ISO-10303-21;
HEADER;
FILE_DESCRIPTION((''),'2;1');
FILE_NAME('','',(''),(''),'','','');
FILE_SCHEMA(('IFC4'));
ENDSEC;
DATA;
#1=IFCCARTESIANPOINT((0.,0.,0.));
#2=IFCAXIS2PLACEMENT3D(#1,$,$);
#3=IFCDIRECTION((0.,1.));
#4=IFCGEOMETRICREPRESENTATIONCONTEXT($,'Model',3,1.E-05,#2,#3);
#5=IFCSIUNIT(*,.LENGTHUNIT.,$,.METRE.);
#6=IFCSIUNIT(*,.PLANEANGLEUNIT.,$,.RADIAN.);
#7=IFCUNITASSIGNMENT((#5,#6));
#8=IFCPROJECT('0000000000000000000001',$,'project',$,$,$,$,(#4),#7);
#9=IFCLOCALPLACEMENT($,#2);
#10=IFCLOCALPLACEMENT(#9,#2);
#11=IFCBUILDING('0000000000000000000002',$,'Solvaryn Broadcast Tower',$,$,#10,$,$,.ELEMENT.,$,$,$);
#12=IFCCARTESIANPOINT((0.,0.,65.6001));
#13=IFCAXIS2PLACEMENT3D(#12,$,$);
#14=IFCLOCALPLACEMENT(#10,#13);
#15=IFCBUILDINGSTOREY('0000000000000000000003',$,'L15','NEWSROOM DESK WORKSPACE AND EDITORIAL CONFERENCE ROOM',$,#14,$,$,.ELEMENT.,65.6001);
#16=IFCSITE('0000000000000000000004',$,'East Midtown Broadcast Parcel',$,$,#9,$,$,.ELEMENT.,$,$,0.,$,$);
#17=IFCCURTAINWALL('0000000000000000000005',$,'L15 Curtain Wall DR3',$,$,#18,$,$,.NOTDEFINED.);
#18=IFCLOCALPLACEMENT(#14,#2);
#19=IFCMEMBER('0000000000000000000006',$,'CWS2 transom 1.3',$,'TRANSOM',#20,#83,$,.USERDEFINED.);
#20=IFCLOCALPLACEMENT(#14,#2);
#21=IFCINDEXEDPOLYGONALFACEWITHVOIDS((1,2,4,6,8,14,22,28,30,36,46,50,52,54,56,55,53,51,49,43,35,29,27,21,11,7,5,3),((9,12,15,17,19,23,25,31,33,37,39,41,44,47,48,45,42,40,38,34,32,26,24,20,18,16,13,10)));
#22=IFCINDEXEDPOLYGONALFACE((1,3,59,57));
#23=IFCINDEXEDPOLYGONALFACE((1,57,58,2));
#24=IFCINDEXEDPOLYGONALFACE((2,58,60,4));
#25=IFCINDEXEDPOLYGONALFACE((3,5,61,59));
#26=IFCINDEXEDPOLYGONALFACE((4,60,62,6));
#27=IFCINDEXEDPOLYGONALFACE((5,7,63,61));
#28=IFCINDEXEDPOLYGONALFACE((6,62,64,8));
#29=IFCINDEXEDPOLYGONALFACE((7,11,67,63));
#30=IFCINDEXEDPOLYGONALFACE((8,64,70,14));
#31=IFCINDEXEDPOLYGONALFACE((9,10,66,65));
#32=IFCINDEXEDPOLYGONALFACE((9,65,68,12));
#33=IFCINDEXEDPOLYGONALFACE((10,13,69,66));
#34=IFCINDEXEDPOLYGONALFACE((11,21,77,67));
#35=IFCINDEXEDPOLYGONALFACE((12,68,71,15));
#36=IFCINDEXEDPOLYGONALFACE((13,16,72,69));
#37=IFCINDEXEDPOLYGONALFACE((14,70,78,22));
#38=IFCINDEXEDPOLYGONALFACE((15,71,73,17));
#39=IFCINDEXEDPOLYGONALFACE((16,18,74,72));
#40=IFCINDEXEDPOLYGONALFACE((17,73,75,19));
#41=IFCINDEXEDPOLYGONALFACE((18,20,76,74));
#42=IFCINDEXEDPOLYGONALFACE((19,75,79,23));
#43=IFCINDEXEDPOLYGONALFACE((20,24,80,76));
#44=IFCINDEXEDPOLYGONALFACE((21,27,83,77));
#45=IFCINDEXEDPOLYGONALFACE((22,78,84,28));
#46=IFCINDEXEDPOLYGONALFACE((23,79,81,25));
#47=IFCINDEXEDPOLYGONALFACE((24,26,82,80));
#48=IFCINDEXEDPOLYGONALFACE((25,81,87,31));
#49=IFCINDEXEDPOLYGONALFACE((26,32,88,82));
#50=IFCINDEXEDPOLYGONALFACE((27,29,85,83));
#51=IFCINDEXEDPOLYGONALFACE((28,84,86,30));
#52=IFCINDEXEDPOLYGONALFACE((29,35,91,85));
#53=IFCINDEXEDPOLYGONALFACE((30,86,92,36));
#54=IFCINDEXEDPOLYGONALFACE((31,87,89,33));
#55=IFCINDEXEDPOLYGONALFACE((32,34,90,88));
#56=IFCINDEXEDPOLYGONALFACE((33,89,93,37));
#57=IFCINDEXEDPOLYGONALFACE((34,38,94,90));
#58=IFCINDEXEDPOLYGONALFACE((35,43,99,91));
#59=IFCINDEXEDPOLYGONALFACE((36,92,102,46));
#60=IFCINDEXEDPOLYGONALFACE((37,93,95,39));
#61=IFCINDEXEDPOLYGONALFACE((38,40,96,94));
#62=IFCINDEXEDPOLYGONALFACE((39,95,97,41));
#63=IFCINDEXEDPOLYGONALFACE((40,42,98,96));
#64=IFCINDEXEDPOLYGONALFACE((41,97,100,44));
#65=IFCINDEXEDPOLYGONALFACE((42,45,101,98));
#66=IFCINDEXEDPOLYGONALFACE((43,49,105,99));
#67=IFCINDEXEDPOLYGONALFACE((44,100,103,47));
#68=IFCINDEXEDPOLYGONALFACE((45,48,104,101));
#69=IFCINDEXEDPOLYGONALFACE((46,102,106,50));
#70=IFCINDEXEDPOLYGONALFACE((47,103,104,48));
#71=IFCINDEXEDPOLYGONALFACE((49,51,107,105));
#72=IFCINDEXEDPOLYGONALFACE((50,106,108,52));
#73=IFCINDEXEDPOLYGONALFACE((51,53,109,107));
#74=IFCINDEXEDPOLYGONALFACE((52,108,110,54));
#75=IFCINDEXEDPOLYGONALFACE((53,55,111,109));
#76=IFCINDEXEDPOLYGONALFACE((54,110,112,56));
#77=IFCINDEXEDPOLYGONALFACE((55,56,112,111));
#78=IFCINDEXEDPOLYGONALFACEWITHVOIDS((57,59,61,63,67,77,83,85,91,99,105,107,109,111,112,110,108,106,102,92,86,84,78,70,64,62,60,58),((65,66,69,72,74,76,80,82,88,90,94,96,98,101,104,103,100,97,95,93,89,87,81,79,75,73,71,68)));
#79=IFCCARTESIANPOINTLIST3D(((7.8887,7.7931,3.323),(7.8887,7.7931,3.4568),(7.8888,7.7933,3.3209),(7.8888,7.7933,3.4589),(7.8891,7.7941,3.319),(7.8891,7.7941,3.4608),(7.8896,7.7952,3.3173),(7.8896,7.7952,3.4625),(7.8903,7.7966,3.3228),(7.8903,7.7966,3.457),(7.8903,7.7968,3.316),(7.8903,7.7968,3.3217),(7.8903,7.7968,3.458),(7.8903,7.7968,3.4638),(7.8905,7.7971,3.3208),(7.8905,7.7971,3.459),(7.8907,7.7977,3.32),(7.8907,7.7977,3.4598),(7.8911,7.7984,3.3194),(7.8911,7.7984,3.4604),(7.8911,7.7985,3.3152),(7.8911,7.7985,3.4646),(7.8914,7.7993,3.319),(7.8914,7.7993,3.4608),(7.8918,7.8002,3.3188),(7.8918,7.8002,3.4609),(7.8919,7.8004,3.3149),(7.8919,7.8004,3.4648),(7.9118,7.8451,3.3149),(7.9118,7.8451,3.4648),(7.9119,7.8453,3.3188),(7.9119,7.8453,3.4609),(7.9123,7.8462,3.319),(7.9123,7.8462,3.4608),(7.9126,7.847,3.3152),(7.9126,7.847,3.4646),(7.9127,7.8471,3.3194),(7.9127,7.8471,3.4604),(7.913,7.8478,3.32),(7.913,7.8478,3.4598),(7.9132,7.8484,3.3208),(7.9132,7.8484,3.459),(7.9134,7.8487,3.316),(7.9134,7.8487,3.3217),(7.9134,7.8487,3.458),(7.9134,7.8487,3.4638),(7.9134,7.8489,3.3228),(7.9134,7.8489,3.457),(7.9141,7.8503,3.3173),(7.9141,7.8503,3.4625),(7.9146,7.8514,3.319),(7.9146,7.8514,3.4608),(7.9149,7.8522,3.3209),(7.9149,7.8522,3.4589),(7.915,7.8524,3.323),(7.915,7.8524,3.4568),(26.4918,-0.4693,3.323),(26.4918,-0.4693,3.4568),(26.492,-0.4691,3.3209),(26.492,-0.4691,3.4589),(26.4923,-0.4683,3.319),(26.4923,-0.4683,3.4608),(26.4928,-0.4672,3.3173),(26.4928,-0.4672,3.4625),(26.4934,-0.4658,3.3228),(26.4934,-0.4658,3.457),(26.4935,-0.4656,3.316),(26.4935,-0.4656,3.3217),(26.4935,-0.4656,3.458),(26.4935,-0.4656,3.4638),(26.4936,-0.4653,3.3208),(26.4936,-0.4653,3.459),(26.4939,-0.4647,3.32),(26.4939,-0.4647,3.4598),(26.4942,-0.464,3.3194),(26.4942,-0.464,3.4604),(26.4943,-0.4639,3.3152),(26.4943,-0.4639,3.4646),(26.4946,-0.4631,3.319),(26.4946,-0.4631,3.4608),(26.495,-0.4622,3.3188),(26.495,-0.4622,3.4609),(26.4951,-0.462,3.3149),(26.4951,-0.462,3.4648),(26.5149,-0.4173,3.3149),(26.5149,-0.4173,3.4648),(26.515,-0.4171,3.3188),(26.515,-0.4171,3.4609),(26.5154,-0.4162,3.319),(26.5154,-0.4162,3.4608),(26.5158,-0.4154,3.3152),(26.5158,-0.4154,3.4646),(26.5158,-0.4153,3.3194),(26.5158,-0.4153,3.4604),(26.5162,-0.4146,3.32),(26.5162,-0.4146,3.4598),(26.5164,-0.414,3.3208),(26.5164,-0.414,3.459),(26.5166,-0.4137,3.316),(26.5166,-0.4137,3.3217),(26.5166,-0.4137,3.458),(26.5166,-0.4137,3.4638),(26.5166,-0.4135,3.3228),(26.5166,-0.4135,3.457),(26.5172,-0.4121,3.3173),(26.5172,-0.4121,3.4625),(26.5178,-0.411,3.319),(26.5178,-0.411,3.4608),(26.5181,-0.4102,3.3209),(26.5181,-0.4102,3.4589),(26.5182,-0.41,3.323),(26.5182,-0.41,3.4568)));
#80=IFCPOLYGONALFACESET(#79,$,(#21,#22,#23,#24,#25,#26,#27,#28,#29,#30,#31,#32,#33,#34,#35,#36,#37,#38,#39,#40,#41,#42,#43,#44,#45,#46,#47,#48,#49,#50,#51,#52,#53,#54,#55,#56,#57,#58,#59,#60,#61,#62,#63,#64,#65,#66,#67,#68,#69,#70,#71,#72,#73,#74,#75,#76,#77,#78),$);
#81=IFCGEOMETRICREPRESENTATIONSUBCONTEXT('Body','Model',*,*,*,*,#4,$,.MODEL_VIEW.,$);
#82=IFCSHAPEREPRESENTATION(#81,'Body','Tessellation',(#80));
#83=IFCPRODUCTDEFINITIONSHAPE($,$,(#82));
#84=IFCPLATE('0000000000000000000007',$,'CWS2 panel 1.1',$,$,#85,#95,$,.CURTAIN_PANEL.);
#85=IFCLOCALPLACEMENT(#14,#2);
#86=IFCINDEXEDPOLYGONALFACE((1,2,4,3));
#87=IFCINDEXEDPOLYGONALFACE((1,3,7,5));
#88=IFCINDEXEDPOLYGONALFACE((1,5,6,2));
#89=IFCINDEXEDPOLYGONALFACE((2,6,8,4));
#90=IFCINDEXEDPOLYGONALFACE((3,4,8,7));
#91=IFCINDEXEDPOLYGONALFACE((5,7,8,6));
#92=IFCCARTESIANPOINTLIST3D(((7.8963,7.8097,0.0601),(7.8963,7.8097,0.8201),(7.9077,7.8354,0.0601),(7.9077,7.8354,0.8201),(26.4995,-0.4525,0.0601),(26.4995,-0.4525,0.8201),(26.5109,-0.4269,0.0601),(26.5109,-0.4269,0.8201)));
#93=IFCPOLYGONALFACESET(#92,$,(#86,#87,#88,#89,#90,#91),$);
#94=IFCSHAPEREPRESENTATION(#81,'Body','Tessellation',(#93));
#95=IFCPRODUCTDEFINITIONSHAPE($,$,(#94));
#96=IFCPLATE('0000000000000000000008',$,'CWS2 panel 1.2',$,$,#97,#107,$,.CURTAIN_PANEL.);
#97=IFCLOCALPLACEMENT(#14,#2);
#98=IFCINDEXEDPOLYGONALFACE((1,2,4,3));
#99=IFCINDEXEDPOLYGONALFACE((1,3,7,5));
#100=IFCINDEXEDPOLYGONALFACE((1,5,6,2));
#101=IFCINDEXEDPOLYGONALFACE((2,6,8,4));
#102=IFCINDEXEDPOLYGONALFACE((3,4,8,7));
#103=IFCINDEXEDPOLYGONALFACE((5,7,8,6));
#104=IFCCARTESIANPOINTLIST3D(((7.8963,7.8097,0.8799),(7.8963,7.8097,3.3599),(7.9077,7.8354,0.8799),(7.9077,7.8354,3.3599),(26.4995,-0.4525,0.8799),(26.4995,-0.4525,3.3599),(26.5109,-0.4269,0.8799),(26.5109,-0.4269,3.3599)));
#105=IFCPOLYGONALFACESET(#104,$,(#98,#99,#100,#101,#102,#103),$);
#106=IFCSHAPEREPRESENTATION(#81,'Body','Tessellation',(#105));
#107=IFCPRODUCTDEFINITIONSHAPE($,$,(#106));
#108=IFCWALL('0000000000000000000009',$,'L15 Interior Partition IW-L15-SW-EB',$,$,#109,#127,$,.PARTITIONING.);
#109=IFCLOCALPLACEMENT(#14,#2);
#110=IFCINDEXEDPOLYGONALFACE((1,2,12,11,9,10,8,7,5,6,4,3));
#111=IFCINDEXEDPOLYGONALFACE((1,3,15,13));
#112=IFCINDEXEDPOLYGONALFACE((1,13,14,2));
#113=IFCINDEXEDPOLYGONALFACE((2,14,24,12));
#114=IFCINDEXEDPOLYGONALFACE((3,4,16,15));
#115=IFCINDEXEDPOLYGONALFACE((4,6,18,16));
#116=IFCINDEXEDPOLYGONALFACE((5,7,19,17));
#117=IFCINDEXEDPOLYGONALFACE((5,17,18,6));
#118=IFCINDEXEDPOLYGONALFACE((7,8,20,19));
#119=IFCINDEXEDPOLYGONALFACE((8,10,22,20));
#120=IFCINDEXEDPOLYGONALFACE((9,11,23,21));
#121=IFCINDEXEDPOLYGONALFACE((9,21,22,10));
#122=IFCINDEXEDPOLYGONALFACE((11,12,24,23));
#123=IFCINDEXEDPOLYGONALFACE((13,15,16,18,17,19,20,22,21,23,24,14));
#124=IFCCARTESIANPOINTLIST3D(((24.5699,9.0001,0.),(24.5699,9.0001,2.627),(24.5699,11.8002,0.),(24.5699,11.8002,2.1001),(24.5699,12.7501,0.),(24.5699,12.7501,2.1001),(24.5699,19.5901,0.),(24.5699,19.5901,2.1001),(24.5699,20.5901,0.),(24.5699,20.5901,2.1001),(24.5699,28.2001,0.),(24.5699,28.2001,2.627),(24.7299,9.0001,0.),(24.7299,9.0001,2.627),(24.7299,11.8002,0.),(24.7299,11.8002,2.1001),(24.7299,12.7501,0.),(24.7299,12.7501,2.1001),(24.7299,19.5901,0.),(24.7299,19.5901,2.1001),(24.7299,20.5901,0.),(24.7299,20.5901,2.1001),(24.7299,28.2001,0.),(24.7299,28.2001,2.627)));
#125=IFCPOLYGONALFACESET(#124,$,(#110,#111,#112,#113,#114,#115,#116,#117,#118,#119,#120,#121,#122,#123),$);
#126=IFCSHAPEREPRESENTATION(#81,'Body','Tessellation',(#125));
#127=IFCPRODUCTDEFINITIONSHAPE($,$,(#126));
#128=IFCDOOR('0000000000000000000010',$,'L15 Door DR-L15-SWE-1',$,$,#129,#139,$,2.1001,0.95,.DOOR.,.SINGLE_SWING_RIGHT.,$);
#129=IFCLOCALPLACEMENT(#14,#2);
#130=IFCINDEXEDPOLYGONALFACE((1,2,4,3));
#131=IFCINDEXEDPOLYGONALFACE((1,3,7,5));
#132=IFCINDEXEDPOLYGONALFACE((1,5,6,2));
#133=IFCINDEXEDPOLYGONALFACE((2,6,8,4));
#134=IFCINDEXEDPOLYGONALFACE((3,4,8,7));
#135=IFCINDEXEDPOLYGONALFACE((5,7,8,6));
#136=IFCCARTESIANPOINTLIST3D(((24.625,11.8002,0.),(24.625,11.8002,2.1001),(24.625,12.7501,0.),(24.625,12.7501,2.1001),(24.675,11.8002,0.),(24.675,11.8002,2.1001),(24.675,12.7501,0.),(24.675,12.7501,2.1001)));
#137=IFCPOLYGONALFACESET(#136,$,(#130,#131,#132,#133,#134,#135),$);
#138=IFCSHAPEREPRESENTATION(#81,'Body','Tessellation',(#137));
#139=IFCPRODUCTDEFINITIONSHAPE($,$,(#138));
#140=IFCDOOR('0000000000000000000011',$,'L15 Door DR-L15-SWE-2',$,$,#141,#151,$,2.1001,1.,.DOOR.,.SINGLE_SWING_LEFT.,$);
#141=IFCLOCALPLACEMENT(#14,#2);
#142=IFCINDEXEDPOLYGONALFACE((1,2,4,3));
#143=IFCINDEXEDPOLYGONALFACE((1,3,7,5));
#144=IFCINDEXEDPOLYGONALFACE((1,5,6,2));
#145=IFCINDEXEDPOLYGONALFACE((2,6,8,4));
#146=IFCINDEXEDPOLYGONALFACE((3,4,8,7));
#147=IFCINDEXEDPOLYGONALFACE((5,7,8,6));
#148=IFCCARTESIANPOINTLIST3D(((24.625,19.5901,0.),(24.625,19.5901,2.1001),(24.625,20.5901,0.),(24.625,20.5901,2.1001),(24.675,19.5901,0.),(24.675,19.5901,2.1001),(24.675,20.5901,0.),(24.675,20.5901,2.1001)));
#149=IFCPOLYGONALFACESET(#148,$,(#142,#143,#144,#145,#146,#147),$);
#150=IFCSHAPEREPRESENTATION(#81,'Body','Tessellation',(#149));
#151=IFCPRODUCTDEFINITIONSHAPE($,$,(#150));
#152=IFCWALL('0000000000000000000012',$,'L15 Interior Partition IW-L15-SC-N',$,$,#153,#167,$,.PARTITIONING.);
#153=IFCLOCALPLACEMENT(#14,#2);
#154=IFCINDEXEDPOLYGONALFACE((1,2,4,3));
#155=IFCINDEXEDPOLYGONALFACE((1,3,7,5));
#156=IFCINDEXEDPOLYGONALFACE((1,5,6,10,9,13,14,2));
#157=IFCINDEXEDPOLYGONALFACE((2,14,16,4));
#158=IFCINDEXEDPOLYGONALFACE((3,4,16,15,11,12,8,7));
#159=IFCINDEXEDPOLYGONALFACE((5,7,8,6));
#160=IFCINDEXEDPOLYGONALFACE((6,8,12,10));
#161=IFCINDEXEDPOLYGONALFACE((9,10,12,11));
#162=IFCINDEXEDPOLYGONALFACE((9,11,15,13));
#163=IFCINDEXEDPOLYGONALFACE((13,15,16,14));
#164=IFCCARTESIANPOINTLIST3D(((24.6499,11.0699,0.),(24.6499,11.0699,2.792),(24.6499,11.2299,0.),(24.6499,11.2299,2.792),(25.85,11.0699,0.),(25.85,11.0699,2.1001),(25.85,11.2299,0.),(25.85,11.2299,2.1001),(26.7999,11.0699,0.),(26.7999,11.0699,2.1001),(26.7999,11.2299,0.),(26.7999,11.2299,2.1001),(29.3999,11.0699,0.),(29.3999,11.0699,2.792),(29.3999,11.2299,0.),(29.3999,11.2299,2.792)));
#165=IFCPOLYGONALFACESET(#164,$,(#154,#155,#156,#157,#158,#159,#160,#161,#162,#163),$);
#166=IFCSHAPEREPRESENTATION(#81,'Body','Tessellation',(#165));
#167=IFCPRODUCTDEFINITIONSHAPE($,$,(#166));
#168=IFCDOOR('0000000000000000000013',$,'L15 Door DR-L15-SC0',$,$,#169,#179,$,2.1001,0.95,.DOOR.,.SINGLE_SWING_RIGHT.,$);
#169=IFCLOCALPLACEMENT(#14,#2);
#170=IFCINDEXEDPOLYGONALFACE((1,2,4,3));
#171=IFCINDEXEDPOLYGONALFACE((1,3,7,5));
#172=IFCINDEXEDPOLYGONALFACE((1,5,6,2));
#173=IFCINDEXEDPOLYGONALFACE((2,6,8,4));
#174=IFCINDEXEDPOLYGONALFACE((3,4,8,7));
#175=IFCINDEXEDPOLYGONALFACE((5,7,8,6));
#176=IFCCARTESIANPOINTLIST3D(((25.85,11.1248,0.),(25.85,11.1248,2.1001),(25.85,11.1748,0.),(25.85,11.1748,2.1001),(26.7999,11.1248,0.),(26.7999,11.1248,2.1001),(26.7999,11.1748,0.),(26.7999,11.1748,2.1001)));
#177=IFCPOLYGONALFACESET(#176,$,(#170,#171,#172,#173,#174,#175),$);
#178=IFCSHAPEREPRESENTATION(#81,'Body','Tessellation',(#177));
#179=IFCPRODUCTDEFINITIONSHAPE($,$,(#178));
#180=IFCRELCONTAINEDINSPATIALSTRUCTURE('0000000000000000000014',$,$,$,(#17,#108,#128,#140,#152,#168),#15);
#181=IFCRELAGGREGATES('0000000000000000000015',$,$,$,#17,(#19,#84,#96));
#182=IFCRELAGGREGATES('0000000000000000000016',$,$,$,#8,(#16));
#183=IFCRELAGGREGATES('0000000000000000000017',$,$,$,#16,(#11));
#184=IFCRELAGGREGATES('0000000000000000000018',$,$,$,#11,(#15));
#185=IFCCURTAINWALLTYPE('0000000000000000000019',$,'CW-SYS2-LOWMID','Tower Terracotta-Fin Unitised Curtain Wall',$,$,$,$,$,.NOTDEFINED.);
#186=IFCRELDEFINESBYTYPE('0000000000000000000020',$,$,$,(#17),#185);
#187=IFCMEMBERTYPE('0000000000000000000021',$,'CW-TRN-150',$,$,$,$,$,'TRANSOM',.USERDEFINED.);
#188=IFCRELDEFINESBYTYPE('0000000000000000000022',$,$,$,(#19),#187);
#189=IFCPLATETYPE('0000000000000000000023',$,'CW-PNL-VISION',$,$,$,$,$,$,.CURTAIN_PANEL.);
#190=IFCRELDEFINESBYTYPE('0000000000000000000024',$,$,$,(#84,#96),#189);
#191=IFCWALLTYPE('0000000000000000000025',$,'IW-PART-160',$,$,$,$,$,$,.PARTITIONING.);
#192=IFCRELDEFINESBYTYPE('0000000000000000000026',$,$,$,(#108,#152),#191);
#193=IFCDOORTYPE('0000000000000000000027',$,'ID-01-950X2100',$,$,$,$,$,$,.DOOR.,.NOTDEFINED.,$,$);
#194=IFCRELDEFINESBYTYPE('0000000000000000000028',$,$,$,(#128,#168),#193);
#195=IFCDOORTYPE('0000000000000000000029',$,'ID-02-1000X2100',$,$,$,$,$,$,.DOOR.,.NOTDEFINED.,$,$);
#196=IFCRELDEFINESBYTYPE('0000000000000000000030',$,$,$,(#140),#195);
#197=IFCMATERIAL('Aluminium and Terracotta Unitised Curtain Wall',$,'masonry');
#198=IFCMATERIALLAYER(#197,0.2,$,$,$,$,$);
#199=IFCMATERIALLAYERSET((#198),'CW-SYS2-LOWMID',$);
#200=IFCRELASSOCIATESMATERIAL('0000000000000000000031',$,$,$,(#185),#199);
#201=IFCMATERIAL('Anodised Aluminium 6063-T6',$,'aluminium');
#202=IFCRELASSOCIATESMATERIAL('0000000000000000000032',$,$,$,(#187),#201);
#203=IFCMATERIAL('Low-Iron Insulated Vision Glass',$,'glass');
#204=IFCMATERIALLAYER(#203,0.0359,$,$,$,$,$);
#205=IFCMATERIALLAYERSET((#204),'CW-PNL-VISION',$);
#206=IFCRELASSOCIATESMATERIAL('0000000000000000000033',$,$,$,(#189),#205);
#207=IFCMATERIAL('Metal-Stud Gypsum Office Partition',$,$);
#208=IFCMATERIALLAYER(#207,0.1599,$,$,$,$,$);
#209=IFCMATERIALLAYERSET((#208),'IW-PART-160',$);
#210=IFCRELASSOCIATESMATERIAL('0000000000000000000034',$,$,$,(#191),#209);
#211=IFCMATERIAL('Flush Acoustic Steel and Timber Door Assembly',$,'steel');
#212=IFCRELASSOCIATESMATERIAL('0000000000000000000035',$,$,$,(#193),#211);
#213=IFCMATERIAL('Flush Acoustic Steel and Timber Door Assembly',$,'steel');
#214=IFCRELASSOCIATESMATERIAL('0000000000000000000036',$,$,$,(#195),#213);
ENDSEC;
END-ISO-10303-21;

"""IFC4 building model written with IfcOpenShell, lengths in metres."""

from ifc_helpers import new_model, si_unit, direction, frame, frame_2d, origin, origin_2d, place, context, subcontext, project, spatial, rectangle, hollow_rectangle, extrude, material, layer, layer_set, material_profile, profile_set, type_object, element, fill, aggregate, save


model = new_model("IFC4")

# Units and contexts
model_context = context("Model", 3, precision=1e-05, world=origin(), true_north=direction((0.0, 1.0)))
body_context = subcontext(model_context, "Body", "Model", "MODEL_VIEW")
ifc_project = project(units=[si_unit("LENGTHUNIT", "METRE"), si_unit("PLANEANGLEUNIT", "RADIAN")], contexts=[model_context])

# Site, building, storey
site_placement = place(None, origin())
site = spatial("IfcSite", under=ifc_project, at=site_placement, Name="East Midtown Broadcast Parcel", CompositionType="ELEMENT", RefElevation=0.0)
building_placement = place(site_placement, origin())
building = spatial("IfcBuilding", under=site, at=building_placement, Name="Solvaryn Broadcast Tower", CompositionType="ELEMENT")
storey_placement = place(building_placement, frame((0.0, 0.0, 65.6001)))
storey = spatial("IfcBuildingStorey", under=building, at=storey_placement, Name="L15", Description="NEWSROOM DESK WORKSPACE AND EDITORIAL CONFERENCE ROOM", CompositionType="ELEMENT", Elevation=65.6001)

# Shared definitions
ifc_material_1 = material(Name="Aluminium and Terracotta Unitised Curtain Wall", Category="masonry")
ifc_layer_1 = layer(ifc_material_1, 0.2)
ifc_layer_set_1 = layer_set([ifc_layer_1], Name="CW-SYS2-LOWMID")
curtain_wall_type = type_object("IfcCurtainWallType", Name="CW-SYS2-LOWMID", Description="Tower Terracotta-Fin Unitised Curtain Wall", PredefinedType="NOTDEFINED", material=ifc_layer_set_1)

# Curtain wall, member, plates
curtain_wall_1_placement = place(storey_placement, origin())
curtain_wall_1 = element("IfcCurtainWall", 1, at=curtain_wall_1_placement, inside=storey, type_object=curtain_wall_type, Name="L15 Curtain Wall DR3", PredefinedType="NOTDEFINED")
ifc_material_2 = material(Name="Anodised Aluminium 6063-T6", Category="aluminium")
ifc_material_profile_1 = material_profile(ifc_material_2, hollow_rectangle(XDim=0.0649, YDim=0.1499, WallThickness=0.0039, InnerFilletRadius=0.0039, OuterFilletRadius=0.0081, at=origin_2d()))
ifc_profile_set_1 = profile_set([ifc_material_profile_1], Name="Anodised Aluminium 6063-T6")
member_type_1 = type_object("IfcMemberType", Name="CW-TRN-150", ElementType="TRANSOM", PredefinedType="USERDEFINED", material=ifc_profile_set_1)
member_1_placement = place(storey_placement, frame((7.9019, 7.8228, 3.3899), z_axis=(0.913915, -0.405906, 0.0), x_axis=(0.405906, 0.913915, 0.0)))
member_1 = element("IfcMember", 2, at=member_1_placement, type_object=member_type_1, Name="CWS2 transom 1.3", ObjectType="TRANSOM", PredefinedType="USERDEFINED", context=body_context, shape_type="SweptSolid", body=[
    extrude(hollow_rectangle(XDim=0.0649, YDim=0.1499, WallThickness=0.0039, InnerFilletRadius=0.0039, OuterFilletRadius=0.0081, at=origin_2d()), origin(), (0.0, 0.0, 1.0), 20.3555),
])
ifc_material_3 = material(Name="Low-Iron Insulated Vision Glass", Category="glass")
ifc_layer_2 = layer(ifc_material_3, 0.0359)
ifc_layer_set_2 = layer_set([ifc_layer_2], Name="CW-PNL-VISION")
plate_type = type_object("IfcPlateType", Name="CW-PNL-VISION", PredefinedType="CURTAIN_PANEL", material=ifc_layer_set_2)
plate_1_placement = place(storey_placement, frame((17.2036, 3.6914, 0.0601), z_axis=(0.0, 0.0, 1.0), x_axis=(0.913918, -0.405898, 0.0)))
plate_1 = element("IfcPlate", 3, at=plate_1_placement, type_object=plate_type, Name="CWS2 panel 1.1", PredefinedType="CURTAIN_PANEL", context=body_context, shape_type="SweptSolid", body=[
    extrude(rectangle(XDim=20.3555, YDim=0.0281, at=origin_2d()), origin(), (0.0, 0.0, 1.0), 0.76),
])
plate_2_placement = place(storey_placement, frame((17.2036, 3.6914, 0.8799), z_axis=(0.0, 0.0, 1.0), x_axis=(0.913918, -0.405898, 0.0)))
plate_2 = element("IfcPlate", 4, at=plate_2_placement, type_object=plate_type, Name="CWS2 panel 1.2", PredefinedType="CURTAIN_PANEL", context=body_context, shape_type="SweptSolid", body=[
    extrude(rectangle(XDim=20.3555, YDim=0.0281, at=origin_2d()), origin(), (0.0, 0.0, 1.0), 2.48),
])
aggregate(curtain_wall_1, [member_1, plate_1, plate_2])

# Wall, openings, doors
ifc_material_4 = material(Name="Metal-Stud Gypsum Office Partition")
ifc_layer_3 = layer(ifc_material_4, 0.1599)
ifc_layer_set_3 = layer_set([ifc_layer_3], Name="IW-PART-160")
wall_type_1 = type_object("IfcWallType", Name="IW-PART-160", PredefinedType="PARTITIONING", material=ifc_layer_set_3)
wall_1_placement = place(storey_placement, frame((24.6499, 9.0, 0.0), z_axis=(0.0, 0.0, 1.0), x_axis=(0.0, 1.0, 0.0)))
wall_1 = element("IfcWall", 5, at=wall_1_placement, inside=storey, type_object=wall_type_1, Name="L15 Interior Partition IW-L15-SW-EB", PredefinedType="PARTITIONING", context=body_context, shape_type="SweptSolid", body=[
    extrude(rectangle(XDim=19.2, YDim=0.1599, at=frame_2d((9.6001, 0.0))), origin(), (0.0, 0.0, 1.0), 2.627),
])
opening_1_placement = place(wall_1_placement, frame((2.8, 0.0, 0.0)))
opening_1 = element("IfcOpeningElement", 6, at=opening_1_placement, cuts=wall_1, PredefinedType="OPENING", context=body_context, shape_type="SweptSolid", body=[
    extrude(rectangle(XDim=0.95, YDim=2.1001, at=frame_2d((0.4751, 1.05))), frame((0.0, 0.0901, 0.0), z_axis=(0.0, -1.0, 0.0), x_axis=(1.0, 0.0, 0.0)), (0.0, 0.0, 1.0), 0.1799),
])
opening_2_placement = place(wall_1_placement, frame((10.5901, 0.0, 0.0)))
opening_2 = element("IfcOpeningElement", 7, at=opening_2_placement, cuts=wall_1, PredefinedType="OPENING", context=body_context, shape_type="SweptSolid", body=[
    extrude(rectangle(XDim=1.0, YDim=2.1001, at=frame_2d((0.5, 1.05))), frame((0.0, 0.0901, 0.0), z_axis=(0.0, -1.0, 0.0), x_axis=(1.0, 0.0, 0.0)), (0.0, 0.0, 1.0), 0.1799),
])
ifc_material_5 = material(Name="Flush Acoustic Steel and Timber Door Assembly", Category="steel")
door_type_1 = type_object("IfcDoorType", Name="ID-01-950X2100", OperationType="NOTDEFINED", PredefinedType="DOOR", material=ifc_material_5)
door_1_placement = place(opening_1_placement, origin())
door_1 = element("IfcDoor", 8, at=door_1_placement, inside=storey, type_object=door_type_1, Name="L15 Door DR-L15-SWE-1", OperationType="SINGLE_SWING_RIGHT", OverallHeight=2.1001, OverallWidth=0.95, PredefinedType="DOOR", context=body_context, shape_type="SweptSolid", body=[
    extrude(rectangle(XDim=0.95, YDim=2.1001, at=frame_2d((0.4751, 1.05))), frame((0.0, 0.0249, 0.0), z_axis=(0.0, -1.0, 0.0), x_axis=(1.0, 0.0, 0.0)), (0.0, 0.0, 1.0), 0.05),
])
fill(opening_1, door_1)
ifc_material_6 = material(Name="Flush Acoustic Steel and Timber Door Assembly", Category="steel")
door_type_2 = type_object("IfcDoorType", Name="ID-02-1000X2100", OperationType="NOTDEFINED", PredefinedType="DOOR", material=ifc_material_6)
door_2_placement = place(opening_2_placement, origin())
door_2 = element("IfcDoor", 9, at=door_2_placement, inside=storey, type_object=door_type_2, Name="L15 Door DR-L15-SWE-2", OperationType="SINGLE_SWING_LEFT", OverallHeight=2.1001, OverallWidth=1.0, PredefinedType="DOOR", context=body_context, shape_type="SweptSolid", body=[
    extrude(rectangle(XDim=1.0, YDim=2.1001, at=frame_2d((0.5, 1.05))), frame((0.0, 0.0249, 0.0), z_axis=(0.0, -1.0, 0.0), x_axis=(1.0, 0.0, 0.0)), (0.0, 0.0, 1.0), 0.05),
])
fill(opening_2, door_2)

# Wall, opening, door
wall_2_placement = place(storey_placement, frame((24.6499, 11.1499, 0.0), z_axis=(0.0, 0.0, 1.0), x_axis=(1.0, 0.0, 0.0)))
wall_2 = element("IfcWall", 10, at=wall_2_placement, inside=storey, type_object=wall_type_1, Name="L15 Interior Partition IW-L15-SC-N", PredefinedType="PARTITIONING", context=body_context, shape_type="SweptSolid", body=[
    extrude(rectangle(XDim=4.75, YDim=0.1599, at=frame_2d((2.375, 0.0))), origin(), (0.0, 0.0, 1.0), 2.792),
])
opening_3_placement = place(wall_2_placement, frame((1.2, 0.0, 0.0)))
opening_3 = element("IfcOpeningElement", 11, at=opening_3_placement, cuts=wall_2, PredefinedType="OPENING", context=body_context, shape_type="SweptSolid", body=[
    extrude(rectangle(XDim=0.95, YDim=2.1001, at=frame_2d((0.4751, 1.05))), frame((0.0, 0.0901, 0.0), z_axis=(0.0, -1.0, 0.0), x_axis=(1.0, 0.0, 0.0)), (0.0, 0.0, 1.0), 0.1799),
])
door_3_placement = place(opening_3_placement, origin())
door_3 = element("IfcDoor", 12, at=door_3_placement, inside=storey, type_object=door_type_1, Name="L15 Door DR-L15-SC0", OperationType="SINGLE_SWING_RIGHT", OverallHeight=2.1001, OverallWidth=0.95, PredefinedType="DOOR", context=body_context, shape_type="SweptSolid", body=[
    extrude(rectangle(XDim=0.95, YDim=2.1001, at=frame_2d((0.4751, 1.05))), frame((0.0, 0.0249, 0.0), z_axis=(0.0, -1.0, 0.0), x_axis=(1.0, 0.0, 0.0)), (0.0, 0.0, 1.0), 0.05),
])
fill(opening_3, door_3)

save(model, "model.ifc")
